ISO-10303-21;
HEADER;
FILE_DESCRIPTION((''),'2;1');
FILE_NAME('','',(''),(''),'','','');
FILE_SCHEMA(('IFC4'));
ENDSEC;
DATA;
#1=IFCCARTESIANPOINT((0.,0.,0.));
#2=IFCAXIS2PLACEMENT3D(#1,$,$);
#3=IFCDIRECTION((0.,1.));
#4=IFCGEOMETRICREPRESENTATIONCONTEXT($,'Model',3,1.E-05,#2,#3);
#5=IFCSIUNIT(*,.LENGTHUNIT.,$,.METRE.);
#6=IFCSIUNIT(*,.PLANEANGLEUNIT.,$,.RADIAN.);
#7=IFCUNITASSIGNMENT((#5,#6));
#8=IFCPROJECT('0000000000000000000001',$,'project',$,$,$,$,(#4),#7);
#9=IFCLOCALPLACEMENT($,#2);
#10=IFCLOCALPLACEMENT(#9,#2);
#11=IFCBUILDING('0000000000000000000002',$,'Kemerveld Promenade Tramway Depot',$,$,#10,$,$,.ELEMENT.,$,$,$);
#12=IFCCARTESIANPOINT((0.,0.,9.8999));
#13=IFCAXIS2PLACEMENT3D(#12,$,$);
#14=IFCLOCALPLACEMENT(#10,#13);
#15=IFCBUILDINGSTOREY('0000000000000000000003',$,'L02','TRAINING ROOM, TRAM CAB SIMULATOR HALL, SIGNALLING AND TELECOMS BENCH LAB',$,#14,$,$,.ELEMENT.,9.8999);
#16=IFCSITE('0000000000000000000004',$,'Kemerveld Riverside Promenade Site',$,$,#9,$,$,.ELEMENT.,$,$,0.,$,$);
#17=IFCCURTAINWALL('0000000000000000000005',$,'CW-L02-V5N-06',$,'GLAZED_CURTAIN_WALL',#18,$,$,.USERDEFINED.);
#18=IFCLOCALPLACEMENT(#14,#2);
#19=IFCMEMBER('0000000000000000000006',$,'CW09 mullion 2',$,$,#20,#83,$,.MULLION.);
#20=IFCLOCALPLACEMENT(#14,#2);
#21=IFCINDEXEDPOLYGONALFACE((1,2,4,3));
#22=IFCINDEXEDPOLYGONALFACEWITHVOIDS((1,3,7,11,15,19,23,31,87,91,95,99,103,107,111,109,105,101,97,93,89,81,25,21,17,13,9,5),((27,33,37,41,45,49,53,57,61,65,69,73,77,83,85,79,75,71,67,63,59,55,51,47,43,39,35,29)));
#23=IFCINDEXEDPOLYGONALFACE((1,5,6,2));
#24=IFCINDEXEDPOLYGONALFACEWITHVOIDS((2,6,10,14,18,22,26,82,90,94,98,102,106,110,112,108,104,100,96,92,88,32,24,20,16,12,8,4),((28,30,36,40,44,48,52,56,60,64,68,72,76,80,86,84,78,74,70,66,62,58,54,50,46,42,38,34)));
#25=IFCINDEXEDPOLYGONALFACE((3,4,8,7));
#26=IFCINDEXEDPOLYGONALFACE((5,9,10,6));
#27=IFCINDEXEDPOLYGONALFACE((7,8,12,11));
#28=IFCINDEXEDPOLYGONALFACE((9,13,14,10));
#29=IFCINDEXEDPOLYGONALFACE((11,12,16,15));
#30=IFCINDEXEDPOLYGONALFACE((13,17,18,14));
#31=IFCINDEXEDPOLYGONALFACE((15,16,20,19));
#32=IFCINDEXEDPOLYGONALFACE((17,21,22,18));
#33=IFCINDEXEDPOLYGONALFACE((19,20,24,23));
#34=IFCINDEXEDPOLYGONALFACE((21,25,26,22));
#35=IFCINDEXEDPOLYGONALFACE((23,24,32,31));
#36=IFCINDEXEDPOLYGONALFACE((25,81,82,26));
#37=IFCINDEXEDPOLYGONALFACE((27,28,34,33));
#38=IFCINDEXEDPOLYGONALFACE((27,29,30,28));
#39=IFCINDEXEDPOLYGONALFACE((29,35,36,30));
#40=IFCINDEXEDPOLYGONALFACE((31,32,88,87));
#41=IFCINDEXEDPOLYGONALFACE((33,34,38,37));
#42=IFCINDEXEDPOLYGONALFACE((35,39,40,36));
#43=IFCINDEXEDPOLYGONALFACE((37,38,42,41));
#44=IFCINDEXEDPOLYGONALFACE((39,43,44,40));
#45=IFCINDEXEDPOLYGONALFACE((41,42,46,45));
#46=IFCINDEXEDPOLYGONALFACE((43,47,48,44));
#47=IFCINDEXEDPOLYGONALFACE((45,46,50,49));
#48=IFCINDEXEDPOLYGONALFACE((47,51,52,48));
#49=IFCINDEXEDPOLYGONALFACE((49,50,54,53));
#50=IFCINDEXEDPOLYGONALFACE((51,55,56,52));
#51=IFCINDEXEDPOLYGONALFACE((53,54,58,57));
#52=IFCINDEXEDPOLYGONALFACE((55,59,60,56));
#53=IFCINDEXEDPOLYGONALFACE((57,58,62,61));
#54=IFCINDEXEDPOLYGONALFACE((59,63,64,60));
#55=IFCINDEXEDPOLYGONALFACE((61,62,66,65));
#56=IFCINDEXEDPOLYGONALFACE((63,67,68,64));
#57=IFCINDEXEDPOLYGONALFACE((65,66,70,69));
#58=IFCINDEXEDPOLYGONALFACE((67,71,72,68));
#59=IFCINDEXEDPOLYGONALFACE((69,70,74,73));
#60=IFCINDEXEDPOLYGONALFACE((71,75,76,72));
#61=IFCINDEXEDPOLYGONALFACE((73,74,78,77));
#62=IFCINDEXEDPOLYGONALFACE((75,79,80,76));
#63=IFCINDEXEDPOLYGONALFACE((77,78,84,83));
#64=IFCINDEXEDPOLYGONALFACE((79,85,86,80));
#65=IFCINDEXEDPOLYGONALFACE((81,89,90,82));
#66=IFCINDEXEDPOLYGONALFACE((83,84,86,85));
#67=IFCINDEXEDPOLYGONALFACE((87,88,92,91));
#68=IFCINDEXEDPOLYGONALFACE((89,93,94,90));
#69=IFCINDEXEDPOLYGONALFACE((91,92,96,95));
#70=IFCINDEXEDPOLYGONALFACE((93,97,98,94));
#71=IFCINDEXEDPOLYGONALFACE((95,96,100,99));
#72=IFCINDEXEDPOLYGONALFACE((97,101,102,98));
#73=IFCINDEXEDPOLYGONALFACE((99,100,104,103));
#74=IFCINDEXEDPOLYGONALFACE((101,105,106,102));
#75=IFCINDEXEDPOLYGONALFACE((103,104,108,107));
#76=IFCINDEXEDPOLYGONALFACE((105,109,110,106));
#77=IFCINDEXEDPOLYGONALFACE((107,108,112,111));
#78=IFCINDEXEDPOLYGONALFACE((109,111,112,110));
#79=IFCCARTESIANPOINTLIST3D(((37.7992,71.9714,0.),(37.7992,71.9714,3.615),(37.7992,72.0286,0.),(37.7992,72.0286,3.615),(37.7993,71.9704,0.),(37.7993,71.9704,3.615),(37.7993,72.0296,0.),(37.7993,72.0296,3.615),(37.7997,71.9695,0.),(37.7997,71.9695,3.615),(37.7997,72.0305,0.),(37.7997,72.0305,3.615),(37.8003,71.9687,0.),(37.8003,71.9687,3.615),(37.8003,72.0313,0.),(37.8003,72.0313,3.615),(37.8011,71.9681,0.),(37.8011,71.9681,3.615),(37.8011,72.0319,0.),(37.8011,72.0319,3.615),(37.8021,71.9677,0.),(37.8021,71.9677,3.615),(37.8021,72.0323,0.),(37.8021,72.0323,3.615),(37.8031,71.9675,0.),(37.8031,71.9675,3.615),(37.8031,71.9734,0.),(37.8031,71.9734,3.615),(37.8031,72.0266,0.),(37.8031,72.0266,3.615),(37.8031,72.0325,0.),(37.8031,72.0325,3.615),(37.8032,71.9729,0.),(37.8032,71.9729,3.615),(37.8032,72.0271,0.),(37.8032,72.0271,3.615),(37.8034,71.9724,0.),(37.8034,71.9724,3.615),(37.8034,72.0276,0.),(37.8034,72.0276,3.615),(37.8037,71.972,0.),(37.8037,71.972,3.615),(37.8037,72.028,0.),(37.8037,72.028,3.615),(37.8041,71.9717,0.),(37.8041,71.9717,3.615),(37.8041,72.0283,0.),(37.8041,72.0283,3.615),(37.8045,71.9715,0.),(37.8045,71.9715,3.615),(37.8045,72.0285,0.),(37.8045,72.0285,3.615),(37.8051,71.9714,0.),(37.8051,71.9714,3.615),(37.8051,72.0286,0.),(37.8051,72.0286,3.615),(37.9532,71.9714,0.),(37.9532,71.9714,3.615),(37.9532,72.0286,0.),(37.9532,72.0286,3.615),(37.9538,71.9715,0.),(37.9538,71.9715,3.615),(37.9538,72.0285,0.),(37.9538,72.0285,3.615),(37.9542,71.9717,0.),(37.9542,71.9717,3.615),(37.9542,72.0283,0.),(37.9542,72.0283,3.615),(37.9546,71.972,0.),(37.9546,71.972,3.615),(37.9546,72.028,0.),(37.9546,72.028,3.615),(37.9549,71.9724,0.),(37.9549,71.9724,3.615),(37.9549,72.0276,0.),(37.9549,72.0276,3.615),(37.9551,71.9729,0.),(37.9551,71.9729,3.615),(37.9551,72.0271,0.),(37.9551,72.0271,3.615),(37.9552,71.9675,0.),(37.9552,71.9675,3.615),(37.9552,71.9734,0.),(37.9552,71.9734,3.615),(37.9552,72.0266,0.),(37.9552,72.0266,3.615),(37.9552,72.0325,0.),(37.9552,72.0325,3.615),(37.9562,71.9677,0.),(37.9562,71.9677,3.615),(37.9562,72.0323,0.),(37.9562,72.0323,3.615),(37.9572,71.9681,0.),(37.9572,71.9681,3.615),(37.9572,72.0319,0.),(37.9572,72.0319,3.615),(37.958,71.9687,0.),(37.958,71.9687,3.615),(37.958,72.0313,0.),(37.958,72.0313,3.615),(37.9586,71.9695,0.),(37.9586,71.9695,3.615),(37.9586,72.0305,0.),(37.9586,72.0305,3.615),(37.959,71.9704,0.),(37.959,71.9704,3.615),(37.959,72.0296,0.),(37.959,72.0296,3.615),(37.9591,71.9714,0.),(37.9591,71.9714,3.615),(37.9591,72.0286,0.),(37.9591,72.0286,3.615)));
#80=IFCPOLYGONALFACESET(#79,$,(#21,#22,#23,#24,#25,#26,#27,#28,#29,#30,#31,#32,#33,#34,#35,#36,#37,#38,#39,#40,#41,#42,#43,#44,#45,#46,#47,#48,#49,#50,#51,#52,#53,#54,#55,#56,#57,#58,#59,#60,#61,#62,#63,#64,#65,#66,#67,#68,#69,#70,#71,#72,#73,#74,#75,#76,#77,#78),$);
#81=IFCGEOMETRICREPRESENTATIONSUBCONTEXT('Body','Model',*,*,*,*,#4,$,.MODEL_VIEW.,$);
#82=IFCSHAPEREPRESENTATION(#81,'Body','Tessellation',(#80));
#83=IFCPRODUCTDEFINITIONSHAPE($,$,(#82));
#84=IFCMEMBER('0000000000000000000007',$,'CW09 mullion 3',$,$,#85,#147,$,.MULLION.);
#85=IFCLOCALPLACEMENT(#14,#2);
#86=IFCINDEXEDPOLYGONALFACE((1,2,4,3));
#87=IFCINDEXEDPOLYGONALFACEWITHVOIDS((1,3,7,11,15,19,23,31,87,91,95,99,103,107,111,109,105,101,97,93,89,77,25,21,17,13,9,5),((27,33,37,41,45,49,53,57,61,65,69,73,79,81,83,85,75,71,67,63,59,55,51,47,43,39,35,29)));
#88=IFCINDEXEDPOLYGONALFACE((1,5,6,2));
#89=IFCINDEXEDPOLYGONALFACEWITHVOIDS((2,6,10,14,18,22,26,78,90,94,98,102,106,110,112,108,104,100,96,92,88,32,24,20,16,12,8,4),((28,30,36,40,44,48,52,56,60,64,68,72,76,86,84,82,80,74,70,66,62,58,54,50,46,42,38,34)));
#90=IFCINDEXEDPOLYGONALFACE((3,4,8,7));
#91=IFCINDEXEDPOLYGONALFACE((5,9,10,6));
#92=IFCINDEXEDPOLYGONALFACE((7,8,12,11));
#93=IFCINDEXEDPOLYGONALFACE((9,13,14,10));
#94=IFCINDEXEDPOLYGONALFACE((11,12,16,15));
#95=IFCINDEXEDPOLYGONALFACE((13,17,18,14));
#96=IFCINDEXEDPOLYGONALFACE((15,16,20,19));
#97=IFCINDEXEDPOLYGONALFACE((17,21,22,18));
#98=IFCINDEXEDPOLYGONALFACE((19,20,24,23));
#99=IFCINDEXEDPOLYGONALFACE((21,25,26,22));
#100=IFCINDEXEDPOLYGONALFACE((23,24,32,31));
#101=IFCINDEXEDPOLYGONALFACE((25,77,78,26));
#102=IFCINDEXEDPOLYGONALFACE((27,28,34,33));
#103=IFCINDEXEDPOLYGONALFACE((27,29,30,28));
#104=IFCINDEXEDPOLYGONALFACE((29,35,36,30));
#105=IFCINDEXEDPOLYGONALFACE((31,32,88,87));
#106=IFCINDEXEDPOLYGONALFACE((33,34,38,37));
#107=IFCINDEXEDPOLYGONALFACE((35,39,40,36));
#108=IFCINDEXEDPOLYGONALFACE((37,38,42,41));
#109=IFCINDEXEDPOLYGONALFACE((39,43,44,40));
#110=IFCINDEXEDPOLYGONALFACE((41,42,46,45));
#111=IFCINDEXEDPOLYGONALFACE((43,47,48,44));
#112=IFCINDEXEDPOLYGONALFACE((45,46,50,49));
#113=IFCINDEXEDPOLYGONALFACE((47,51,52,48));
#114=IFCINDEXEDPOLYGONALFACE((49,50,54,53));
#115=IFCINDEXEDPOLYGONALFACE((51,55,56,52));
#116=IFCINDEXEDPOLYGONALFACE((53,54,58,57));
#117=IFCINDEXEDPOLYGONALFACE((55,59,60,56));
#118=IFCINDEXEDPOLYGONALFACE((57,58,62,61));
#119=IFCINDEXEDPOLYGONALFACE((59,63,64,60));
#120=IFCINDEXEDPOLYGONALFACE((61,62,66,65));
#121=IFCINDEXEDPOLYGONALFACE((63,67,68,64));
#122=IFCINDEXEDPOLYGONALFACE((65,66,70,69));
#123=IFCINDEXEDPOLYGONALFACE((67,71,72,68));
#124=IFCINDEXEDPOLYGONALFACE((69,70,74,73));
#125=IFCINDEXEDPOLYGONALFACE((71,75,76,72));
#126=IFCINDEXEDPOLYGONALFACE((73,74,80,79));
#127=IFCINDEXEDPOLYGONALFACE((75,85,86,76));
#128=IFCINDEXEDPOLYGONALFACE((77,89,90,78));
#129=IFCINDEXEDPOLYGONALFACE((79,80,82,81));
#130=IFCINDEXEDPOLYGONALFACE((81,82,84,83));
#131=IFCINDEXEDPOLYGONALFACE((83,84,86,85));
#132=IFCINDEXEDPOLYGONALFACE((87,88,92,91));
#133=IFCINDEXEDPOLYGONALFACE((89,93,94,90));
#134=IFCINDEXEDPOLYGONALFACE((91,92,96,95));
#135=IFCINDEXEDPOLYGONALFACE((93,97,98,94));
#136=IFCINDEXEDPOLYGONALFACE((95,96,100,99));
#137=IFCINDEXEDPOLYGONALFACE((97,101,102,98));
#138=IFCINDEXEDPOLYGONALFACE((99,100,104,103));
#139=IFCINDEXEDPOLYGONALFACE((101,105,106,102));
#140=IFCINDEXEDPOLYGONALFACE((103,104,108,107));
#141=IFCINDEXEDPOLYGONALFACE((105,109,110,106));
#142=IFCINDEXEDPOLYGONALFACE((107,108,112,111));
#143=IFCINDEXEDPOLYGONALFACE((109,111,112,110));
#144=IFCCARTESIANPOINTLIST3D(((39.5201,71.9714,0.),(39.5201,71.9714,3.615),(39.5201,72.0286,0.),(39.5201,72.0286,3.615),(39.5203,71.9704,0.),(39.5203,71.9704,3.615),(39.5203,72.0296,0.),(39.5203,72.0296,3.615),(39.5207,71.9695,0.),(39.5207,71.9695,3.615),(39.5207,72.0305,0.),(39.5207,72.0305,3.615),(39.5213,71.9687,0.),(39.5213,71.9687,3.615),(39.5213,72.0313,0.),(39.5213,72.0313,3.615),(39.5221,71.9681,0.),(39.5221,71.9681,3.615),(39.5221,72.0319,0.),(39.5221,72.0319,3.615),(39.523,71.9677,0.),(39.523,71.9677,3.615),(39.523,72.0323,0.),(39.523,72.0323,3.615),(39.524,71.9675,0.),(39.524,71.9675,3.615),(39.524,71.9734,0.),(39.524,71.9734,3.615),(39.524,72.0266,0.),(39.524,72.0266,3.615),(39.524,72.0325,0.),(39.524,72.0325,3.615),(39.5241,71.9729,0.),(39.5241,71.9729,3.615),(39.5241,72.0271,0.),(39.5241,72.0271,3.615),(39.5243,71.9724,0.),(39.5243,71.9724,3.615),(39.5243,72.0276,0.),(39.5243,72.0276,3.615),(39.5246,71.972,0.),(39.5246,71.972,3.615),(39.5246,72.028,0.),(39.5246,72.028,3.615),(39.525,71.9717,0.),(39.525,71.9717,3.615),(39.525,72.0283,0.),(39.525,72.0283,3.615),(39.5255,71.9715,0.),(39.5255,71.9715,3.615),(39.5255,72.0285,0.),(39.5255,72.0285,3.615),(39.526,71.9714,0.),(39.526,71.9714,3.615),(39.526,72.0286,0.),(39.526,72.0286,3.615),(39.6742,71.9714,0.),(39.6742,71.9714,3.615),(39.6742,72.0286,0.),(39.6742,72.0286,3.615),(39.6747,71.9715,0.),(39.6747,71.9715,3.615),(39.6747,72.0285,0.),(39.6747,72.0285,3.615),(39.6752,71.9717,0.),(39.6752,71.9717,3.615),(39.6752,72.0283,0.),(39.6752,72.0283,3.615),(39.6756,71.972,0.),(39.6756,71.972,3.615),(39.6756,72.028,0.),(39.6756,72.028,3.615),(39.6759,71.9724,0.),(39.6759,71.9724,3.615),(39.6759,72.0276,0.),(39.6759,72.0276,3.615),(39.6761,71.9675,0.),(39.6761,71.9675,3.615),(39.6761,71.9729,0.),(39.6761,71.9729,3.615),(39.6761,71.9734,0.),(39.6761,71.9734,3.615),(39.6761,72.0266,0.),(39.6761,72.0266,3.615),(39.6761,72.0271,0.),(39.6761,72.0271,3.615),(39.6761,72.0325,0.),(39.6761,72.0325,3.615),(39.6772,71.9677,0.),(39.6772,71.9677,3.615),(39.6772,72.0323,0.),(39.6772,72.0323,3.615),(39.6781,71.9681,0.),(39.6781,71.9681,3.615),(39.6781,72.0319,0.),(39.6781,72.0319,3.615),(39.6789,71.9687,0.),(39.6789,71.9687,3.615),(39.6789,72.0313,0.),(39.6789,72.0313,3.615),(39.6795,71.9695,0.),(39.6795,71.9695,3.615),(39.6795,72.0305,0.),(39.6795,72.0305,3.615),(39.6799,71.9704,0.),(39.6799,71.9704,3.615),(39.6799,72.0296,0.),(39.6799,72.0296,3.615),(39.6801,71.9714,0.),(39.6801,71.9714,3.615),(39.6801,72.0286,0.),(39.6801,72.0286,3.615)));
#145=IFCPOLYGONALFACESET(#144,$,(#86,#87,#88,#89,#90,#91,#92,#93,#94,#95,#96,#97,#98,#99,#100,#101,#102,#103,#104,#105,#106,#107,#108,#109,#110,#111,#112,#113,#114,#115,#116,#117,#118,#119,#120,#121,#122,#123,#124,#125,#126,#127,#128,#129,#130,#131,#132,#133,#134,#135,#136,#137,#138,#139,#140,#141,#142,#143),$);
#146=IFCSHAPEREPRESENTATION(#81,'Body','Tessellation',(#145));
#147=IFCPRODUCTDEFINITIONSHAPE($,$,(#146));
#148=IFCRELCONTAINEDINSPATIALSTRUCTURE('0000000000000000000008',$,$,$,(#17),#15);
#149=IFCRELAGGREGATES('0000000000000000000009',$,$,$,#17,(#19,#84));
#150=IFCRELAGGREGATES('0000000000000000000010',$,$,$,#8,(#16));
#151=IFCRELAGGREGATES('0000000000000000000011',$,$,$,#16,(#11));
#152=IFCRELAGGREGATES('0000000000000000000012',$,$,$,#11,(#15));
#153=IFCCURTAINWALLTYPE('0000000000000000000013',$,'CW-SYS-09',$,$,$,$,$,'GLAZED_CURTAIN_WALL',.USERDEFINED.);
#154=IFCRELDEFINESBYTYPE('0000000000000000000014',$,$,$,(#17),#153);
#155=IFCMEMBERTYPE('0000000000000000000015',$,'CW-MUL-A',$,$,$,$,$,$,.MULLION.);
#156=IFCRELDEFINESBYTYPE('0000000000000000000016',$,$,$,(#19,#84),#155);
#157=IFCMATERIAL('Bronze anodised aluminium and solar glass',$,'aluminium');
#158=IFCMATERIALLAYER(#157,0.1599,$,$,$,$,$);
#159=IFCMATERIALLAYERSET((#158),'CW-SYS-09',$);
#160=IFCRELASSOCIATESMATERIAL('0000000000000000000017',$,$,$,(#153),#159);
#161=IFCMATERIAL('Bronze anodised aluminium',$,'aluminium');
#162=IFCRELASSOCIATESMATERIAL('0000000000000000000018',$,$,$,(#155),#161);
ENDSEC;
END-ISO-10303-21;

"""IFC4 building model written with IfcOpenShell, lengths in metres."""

from ifc_helpers import new_model, si_unit, direction, frame, origin, origin_2d, place, context, subcontext, project, spatial, hollow_rectangle, extrude, material, layer, layer_set, material_profile, profile_set, type_object, element, aggregate, save


model = new_model("IFC4")

# Units and contexts
model_context = context("Model", 3, precision=1e-05, world=origin(), true_north=direction((0.0, 1.0)))
body_context = subcontext(model_context, "Body", "Model", "MODEL_VIEW")
ifc_project = project(units=[si_unit("LENGTHUNIT", "METRE"), si_unit("PLANEANGLEUNIT", "RADIAN")], contexts=[model_context])

# Site, building, storey
site_placement = place(None, origin())
site = spatial("IfcSite", under=ifc_project, at=site_placement, Name="Kemerveld Riverside Promenade Site", CompositionType="ELEMENT", RefElevation=0.0)
building_placement = place(site_placement, origin())
building = spatial("IfcBuilding", under=site, at=building_placement, Name="Kemerveld Promenade Tramway Depot", CompositionType="ELEMENT")
storey_placement = place(building_placement, frame((0.0, 0.0, 9.8999)))
storey = spatial("IfcBuildingStorey", under=building, at=storey_placement, Name="L02", Description="TRAINING ROOM, TRAM CAB SIMULATOR HALL, SIGNALLING AND TELECOMS BENCH LAB", CompositionType="ELEMENT", Elevation=9.8999)

# Curtain wall, members
ifc_material_1 = material(Name="Bronze anodised aluminium and solar glass", Category="aluminium")
ifc_layer_1 = layer(ifc_material_1, 0.1599)
ifc_layer_set_1 = layer_set([ifc_layer_1], Name="CW-SYS-09")
curtain_wall_type = type_object("IfcCurtainWallType", Name="CW-SYS-09", ElementType="GLAZED_CURTAIN_WALL", PredefinedType="USERDEFINED", material=ifc_layer_set_1)
curtain_wall_placement = place(storey_placement, origin())
curtain_wall = element("IfcCurtainWall", 1, at=curtain_wall_placement, inside=storey, type_object=curtain_wall_type, Name="CW-L02-V5N-06", ObjectType="GLAZED_CURTAIN_WALL", PredefinedType="USERDEFINED")
ifc_material_2 = material(Name="Bronze anodised aluminium", Category="aluminium")
ifc_material_profile_1 = material_profile(ifc_material_2, hollow_rectangle(XDim=0.0649, YDim=0.1599, WallThickness=0.0039, InnerFilletRadius=0.002, OuterFilletRadius=0.0039, at=origin_2d()), Name="CW-MUL-160x65")
ifc_profile_set_1 = profile_set([ifc_material_profile_1], Name="Bronze anodised aluminium")
member_type_1 = type_object("IfcMemberType", Name="CW-MUL-A", PredefinedType="MULLION", material=ifc_profile_set_1)
member_1_placement = place(storey_placement, frame((37.8792, 72.0, 0.0), z_axis=(0.0, 0.0, 1.0), x_axis=(0.0, 1.0, 0.0)))
member_1 = element("IfcMember", 2, at=member_1_placement, type_object=member_type_1, Name="CW09 mullion 2", PredefinedType="MULLION", context=body_context, shape_type="SweptSolid", body=[
    extrude(hollow_rectangle(XDim=0.0649, YDim=0.1599, WallThickness=0.0039, InnerFilletRadius=0.002, OuterFilletRadius=0.0039, at=origin_2d()), origin(), (0.0, 0.0, 1.0), 3.615),
])
member_2_placement = place(storey_placement, frame((39.6001, 72.0, 0.0), z_axis=(0.0, 0.0, 1.0), x_axis=(0.0, 1.0, 0.0)))
member_2 = element("IfcMember", 3, at=member_2_placement, type_object=member_type_1, Name="CW09 mullion 3", PredefinedType="MULLION", context=body_context, shape_type="SweptSolid", body=[
    extrude(hollow_rectangle(XDim=0.0649, YDim=0.1599, WallThickness=0.0039, InnerFilletRadius=0.002, OuterFilletRadius=0.0039, at=origin_2d()), origin(), (0.0, 0.0, 1.0), 3.615),
])
aggregate(curtain_wall, [member_1, member_2])

save(model, "model.ifc")
